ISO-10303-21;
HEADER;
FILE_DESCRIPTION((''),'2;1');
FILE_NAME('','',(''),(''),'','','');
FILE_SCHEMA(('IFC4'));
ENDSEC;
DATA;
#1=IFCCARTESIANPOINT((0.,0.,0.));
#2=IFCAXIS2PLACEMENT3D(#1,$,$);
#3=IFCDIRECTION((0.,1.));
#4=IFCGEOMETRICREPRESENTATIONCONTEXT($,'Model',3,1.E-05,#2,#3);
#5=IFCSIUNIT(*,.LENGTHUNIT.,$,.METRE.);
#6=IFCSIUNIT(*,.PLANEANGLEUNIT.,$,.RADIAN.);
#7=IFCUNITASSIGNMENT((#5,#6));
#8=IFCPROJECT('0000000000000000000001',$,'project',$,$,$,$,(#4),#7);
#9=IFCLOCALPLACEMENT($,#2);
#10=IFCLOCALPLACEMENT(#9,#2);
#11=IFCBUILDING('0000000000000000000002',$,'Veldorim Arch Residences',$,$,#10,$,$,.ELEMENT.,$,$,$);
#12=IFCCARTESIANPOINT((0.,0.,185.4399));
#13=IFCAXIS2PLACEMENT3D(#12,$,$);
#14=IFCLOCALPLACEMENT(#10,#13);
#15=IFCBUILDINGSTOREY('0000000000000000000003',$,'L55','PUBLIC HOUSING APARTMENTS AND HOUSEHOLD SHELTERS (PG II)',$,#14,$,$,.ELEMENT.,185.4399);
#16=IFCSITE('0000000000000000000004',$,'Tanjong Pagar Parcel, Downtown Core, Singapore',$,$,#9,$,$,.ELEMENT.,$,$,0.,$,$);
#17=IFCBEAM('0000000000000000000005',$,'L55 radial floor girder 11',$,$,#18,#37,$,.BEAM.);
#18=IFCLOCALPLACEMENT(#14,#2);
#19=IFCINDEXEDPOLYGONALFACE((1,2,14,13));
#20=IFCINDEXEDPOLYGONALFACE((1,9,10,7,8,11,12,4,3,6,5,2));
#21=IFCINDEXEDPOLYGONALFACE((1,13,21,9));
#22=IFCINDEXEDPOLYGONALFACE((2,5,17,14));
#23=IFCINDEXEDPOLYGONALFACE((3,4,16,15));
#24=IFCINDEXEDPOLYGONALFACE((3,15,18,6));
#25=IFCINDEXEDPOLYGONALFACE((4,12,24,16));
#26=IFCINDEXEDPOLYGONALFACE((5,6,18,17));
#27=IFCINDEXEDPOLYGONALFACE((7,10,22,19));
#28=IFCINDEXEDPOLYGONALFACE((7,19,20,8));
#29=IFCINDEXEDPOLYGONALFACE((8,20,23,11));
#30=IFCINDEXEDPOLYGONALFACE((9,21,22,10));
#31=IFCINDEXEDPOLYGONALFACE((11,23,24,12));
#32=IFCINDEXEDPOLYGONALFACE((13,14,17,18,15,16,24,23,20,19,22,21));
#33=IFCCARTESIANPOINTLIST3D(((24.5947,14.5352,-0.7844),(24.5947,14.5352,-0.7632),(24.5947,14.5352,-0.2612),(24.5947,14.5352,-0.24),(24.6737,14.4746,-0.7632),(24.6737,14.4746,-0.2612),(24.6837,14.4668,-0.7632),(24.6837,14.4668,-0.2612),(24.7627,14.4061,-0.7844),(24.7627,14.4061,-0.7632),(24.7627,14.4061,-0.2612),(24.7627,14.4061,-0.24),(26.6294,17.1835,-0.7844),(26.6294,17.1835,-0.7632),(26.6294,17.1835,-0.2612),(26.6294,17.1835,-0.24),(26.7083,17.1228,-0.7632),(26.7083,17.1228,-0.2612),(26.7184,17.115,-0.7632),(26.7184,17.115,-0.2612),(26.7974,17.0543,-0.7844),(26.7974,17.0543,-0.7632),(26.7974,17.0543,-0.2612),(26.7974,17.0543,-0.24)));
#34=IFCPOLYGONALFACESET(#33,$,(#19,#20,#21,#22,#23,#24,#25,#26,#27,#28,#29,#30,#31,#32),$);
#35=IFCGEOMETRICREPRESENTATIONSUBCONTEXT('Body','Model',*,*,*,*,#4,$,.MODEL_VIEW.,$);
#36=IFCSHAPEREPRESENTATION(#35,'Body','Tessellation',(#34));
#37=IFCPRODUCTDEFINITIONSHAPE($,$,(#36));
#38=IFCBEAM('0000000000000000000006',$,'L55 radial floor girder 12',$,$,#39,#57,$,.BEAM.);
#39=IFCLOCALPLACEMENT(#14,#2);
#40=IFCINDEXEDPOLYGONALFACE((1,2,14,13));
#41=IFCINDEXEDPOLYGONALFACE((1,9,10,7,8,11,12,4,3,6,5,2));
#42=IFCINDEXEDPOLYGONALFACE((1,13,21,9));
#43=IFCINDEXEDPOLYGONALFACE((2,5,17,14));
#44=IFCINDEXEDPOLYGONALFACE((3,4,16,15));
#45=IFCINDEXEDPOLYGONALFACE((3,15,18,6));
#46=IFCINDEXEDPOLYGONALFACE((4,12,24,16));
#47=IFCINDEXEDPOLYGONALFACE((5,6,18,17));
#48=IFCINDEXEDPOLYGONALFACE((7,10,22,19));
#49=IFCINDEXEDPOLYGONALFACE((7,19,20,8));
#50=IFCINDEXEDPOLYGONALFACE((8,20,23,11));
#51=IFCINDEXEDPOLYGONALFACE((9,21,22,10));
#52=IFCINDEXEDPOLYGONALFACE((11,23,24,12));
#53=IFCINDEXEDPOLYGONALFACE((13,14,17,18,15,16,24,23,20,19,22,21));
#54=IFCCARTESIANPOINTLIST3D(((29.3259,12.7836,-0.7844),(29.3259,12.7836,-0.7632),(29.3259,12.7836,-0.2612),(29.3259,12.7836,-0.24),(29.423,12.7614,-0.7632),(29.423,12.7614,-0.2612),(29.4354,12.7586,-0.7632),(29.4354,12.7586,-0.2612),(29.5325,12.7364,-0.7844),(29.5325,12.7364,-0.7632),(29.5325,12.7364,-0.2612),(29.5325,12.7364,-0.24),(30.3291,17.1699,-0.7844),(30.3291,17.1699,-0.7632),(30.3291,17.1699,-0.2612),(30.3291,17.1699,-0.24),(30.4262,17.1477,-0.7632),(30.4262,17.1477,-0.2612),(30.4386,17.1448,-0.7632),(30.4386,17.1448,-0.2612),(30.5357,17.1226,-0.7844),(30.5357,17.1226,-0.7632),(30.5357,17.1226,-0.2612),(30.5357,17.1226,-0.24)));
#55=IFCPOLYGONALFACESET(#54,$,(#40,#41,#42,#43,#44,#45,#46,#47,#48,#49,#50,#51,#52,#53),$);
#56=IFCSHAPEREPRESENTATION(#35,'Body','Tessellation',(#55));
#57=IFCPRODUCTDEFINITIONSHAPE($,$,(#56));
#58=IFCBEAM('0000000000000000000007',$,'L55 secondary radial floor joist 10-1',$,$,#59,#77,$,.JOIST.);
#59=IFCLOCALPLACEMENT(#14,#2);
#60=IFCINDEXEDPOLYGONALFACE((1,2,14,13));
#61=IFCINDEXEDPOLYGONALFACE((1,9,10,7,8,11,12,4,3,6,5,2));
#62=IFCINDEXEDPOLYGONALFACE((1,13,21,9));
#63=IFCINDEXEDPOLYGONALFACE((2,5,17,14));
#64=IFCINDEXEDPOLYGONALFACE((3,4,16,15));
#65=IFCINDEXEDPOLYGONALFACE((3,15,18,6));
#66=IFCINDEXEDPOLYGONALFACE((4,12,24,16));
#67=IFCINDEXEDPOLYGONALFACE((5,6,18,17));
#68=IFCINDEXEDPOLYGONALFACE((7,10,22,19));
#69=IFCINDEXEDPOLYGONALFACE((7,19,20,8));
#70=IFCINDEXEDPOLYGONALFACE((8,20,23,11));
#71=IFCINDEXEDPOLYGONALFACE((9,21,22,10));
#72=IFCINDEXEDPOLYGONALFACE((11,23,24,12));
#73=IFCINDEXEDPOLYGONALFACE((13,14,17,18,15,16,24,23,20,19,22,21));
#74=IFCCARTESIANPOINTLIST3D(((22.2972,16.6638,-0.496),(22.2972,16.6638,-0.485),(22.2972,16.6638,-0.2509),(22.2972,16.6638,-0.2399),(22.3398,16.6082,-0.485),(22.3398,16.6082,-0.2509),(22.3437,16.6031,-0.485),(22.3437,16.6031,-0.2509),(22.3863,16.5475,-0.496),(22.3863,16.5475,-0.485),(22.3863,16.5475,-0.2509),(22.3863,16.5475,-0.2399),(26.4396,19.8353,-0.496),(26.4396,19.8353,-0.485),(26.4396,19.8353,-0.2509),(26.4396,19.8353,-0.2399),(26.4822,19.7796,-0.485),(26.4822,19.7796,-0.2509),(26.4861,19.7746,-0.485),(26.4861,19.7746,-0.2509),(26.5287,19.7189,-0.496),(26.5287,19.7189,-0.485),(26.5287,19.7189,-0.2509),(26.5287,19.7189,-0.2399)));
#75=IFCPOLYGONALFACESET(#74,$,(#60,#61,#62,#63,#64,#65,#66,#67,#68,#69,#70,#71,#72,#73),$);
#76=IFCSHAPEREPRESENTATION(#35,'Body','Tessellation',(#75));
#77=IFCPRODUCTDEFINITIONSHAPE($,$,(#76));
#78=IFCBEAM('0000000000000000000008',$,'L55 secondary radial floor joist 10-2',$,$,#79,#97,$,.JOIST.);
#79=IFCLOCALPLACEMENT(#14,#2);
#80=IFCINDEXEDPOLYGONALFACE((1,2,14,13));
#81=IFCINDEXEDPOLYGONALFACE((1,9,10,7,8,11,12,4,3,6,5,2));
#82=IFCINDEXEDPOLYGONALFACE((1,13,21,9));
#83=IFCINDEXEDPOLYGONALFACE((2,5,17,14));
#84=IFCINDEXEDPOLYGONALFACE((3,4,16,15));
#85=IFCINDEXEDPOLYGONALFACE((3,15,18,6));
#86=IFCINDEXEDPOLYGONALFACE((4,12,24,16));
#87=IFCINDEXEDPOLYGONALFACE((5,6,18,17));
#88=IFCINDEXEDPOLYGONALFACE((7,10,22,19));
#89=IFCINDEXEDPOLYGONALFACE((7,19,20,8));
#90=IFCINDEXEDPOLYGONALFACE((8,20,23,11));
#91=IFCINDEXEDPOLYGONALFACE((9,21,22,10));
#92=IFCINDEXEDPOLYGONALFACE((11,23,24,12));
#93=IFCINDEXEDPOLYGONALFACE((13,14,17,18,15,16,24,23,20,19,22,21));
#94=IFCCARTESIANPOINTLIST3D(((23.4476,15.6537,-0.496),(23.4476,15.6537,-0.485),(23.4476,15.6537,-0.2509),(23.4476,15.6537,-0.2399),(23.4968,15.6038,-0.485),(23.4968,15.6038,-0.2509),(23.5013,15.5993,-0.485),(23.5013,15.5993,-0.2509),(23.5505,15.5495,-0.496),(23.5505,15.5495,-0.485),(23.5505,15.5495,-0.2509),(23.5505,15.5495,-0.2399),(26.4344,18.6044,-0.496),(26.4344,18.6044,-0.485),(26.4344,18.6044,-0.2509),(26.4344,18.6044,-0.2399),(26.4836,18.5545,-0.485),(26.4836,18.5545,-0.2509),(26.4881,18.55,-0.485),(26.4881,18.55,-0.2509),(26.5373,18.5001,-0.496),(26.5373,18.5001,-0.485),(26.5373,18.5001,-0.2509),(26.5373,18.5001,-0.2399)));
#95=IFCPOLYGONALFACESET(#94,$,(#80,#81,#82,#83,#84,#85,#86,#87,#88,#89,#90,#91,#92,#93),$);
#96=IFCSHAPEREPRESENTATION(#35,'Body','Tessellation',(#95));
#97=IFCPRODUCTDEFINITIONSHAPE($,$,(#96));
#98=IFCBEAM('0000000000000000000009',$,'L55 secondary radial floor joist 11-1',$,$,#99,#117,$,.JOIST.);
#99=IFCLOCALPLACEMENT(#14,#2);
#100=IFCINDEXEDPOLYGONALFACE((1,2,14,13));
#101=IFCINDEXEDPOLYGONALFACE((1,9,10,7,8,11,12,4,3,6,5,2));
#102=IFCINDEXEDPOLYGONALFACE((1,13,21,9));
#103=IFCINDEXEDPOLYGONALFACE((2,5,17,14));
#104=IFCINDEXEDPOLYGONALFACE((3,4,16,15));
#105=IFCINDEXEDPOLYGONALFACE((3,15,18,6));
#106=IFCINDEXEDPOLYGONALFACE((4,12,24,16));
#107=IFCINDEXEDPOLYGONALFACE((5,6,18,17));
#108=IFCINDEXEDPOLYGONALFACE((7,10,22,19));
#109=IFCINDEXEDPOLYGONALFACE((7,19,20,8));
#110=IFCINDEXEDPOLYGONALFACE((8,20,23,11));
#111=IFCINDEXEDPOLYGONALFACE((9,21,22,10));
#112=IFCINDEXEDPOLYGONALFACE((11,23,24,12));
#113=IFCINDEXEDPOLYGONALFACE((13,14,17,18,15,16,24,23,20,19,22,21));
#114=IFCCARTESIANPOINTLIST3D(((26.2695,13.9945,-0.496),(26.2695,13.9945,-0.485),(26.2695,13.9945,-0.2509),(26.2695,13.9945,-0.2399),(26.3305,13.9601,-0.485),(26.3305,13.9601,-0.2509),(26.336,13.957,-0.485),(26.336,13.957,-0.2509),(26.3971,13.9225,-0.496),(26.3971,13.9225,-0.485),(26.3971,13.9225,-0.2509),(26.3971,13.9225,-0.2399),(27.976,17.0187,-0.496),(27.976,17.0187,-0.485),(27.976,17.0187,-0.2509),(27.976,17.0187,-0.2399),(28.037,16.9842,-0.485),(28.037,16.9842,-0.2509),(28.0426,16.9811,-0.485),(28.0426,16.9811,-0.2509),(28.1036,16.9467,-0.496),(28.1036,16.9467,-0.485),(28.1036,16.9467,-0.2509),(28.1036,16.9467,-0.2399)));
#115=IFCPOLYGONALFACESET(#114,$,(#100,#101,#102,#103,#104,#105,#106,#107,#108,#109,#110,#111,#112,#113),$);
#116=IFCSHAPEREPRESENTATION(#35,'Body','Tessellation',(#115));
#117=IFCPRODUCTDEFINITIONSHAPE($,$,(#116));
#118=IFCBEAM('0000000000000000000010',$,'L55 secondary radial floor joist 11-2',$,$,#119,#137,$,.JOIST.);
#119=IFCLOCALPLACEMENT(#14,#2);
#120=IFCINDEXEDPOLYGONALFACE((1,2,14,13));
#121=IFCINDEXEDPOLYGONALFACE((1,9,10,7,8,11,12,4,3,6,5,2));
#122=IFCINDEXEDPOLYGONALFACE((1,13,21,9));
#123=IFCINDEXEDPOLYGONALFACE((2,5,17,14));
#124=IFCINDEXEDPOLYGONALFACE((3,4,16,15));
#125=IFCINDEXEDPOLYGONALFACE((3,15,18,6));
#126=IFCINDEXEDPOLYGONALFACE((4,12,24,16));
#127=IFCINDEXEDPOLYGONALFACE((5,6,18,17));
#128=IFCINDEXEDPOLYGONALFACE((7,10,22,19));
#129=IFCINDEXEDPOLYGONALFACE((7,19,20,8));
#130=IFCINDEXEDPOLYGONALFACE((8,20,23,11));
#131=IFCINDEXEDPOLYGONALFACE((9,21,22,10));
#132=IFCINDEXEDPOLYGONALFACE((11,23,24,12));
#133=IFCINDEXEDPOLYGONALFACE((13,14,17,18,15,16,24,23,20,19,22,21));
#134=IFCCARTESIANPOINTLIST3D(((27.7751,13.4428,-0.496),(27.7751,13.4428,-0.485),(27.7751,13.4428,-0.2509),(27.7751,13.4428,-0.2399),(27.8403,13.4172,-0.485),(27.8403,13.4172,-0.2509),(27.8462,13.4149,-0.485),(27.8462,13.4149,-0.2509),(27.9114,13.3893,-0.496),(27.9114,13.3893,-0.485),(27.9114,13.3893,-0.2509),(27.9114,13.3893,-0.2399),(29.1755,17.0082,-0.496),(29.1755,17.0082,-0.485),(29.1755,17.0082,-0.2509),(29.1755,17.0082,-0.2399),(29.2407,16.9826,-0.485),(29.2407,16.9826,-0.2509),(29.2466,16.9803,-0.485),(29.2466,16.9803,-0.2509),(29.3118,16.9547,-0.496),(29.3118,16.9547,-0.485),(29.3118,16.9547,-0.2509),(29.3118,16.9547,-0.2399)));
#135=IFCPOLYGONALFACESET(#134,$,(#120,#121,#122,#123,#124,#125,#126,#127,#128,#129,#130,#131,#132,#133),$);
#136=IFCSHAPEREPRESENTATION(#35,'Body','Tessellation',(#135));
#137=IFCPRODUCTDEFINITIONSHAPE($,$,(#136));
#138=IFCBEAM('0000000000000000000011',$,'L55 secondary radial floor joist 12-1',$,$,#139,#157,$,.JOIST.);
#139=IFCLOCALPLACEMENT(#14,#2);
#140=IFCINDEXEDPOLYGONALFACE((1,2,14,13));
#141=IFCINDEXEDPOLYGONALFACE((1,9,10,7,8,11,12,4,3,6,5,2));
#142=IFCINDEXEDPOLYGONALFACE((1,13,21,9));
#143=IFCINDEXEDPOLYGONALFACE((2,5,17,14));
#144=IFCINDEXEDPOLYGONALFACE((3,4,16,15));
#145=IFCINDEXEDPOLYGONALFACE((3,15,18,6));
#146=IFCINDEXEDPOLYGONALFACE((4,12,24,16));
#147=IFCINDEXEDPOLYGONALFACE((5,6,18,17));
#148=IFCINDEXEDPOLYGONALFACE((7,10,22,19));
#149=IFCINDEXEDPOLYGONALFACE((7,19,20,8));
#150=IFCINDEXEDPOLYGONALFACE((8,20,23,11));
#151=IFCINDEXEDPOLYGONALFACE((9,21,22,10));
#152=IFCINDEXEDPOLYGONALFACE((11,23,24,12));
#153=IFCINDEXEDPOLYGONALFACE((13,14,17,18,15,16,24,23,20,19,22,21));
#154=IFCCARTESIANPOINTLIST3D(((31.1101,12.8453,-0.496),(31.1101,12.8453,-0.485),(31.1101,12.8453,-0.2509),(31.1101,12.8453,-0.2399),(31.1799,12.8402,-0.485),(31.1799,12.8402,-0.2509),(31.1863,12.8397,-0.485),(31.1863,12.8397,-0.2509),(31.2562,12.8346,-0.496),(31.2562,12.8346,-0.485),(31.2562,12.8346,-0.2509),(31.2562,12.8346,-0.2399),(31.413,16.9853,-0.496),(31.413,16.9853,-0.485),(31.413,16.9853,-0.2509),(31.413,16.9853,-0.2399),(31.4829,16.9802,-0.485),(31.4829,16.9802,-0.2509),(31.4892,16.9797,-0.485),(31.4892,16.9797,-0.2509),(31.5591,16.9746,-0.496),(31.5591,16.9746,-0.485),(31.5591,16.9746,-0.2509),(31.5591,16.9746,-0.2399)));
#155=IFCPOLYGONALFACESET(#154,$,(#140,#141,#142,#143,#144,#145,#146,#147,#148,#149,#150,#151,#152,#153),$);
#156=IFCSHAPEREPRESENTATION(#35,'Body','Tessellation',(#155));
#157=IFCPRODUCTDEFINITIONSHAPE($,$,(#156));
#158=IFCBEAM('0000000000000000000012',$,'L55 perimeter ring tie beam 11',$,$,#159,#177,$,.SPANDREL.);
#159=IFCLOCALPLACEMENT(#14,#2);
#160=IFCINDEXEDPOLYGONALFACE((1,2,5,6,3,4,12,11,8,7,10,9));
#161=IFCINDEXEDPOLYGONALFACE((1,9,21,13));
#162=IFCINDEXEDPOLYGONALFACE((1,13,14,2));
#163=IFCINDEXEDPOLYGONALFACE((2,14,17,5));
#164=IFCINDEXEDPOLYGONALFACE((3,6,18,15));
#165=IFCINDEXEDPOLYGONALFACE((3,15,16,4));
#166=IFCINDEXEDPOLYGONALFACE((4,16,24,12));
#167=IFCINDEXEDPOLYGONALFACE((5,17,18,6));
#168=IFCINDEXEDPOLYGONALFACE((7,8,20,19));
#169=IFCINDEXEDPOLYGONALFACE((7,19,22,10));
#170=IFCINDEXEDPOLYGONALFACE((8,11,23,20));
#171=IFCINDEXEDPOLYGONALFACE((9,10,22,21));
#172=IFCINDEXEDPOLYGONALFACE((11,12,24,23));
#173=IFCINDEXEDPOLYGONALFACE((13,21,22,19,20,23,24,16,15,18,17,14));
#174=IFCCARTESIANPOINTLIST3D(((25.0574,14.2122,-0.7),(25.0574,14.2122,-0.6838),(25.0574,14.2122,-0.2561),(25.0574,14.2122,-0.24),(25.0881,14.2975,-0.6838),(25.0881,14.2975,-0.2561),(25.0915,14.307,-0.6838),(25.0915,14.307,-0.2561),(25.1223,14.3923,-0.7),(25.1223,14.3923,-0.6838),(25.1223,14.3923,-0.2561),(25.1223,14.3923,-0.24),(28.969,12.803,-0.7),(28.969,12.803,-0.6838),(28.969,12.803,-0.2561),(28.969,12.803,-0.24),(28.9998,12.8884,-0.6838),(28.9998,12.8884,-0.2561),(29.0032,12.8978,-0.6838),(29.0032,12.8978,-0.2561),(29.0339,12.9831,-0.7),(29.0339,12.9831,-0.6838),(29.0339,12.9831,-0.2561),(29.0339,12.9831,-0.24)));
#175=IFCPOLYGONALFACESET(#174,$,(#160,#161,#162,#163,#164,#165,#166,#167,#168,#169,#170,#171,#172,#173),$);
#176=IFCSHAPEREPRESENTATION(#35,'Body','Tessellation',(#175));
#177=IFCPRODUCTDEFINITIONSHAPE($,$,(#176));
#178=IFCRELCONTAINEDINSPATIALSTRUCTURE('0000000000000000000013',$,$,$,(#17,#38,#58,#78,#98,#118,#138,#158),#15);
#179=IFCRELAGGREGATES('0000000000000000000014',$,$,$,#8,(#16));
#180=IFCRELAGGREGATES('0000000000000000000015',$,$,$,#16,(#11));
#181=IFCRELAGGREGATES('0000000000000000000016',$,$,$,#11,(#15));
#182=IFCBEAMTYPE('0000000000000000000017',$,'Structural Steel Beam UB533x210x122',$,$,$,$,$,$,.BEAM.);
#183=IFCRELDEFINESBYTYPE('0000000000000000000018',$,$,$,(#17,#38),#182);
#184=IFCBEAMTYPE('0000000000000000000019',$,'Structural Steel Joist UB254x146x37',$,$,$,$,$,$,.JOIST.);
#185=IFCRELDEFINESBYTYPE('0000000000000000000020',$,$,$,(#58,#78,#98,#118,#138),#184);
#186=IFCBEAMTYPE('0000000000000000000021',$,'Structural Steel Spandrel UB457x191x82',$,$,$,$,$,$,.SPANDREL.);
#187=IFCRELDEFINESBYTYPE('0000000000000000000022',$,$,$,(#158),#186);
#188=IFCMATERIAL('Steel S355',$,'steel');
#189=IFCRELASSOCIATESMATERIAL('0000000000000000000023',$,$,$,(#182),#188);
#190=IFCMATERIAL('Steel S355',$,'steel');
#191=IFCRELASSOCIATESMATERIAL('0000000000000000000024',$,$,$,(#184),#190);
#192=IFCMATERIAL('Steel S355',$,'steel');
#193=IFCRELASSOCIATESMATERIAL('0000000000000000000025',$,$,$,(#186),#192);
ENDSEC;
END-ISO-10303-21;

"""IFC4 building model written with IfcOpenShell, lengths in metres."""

from ifc_helpers import new_model, si_unit, direction, frame, origin, origin_2d, place, context, subcontext, project, spatial, i_section, extrude, material, material_profile, profile_set, type_object, element, save


model = new_model("IFC4")

# Units and contexts
model_context = context("Model", 3, precision=1e-05, world=origin(), true_north=direction((0.0, 1.0)))
body_context = subcontext(model_context, "Body", "Model", "MODEL_VIEW")
ifc_project = project(units=[si_unit("LENGTHUNIT", "METRE"), si_unit("PLANEANGLEUNIT", "RADIAN")], contexts=[model_context])

# Site, building, storey
site_placement = place(None, origin())
site = spatial("IfcSite", under=ifc_project, at=site_placement, Name="Tanjong Pagar Parcel, Downtown Core, Singapore", CompositionType="ELEMENT", RefElevation=0.0)
building_placement = place(site_placement, origin())
building = spatial("IfcBuilding", under=site, at=building_placement, Name="Veldorim Arch Residences", CompositionType="ELEMENT")
storey_placement = place(building_placement, frame((0.0, 0.0, 185.4399)))
storey = spatial("IfcBuildingStorey", under=building, at=storey_placement, Name="L55", Description="PUBLIC HOUSING APARTMENTS AND HOUSEHOLD SHELTERS (PG II)", CompositionType="ELEMENT", Elevation=185.4399)

# Beams
ifc_material_1 = material(Name="Steel S355", Category="steel")
ifc_material_profile_1 = material_profile(ifc_material_1, i_section(OverallWidth=0.2119, OverallDepth=0.5444, WebThickness=0.0127, FlangeThickness=0.0212, at=origin_2d()), Name="UB533x210x122")
ifc_profile_set_1 = profile_set([ifc_material_profile_1], Name="Steel S355")
beam_type_1 = type_object("IfcBeamType", Name="Structural Steel Beam UB533x210x122", PredefinedType="BEAM", material=ifc_profile_set_1)
beam_1_placement = place(storey_placement, frame((26.7134, 17.1189, -0.5122), z_axis=(-0.609258, -0.792972, 0.0), x_axis=(0.792972, -0.609258, 0.0)))
element("IfcBeam", 1, at=beam_1_placement, inside=storey, type_object=beam_type_1, Name="L55 radial floor girder 11", PredefinedType="BEAM", context=body_context, shape_type="SweptSolid", body=[
    extrude(i_section(OverallWidth=0.2119, OverallDepth=0.5444, WebThickness=0.0127, FlangeThickness=0.0212, at=origin_2d()), origin(), (0.0, 0.0, 1.0), 3.3396),
])
beam_2_placement = place(storey_placement, frame((30.4324, 17.1462, -0.5122), z_axis=(-0.222953, -0.974829, 0.0), x_axis=(0.974829, -0.222953, 0.0)))
element("IfcBeam", 2, at=beam_2_placement, inside=storey, type_object=beam_type_1, Name="L55 radial floor girder 12", PredefinedType="BEAM", context=body_context, shape_type="SweptSolid", body=[
    extrude(i_section(OverallWidth=0.2119, OverallDepth=0.5444, WebThickness=0.0127, FlangeThickness=0.0212, at=origin_2d()), origin(), (0.0, 0.0, 1.0), 4.4995),
])
ifc_material_2 = material(Name="Steel S355", Category="steel")
ifc_material_profile_2 = material_profile(ifc_material_2, i_section(OverallWidth=0.1465, OverallDepth=0.2561, WebThickness=0.0063, FlangeThickness=0.011, at=origin_2d()), Name="UB254x146x37")
ifc_profile_set_2 = profile_set([ifc_material_profile_2], Name="Steel S355")
beam_type_2 = type_object("IfcBeamType", Name="Structural Steel Joist UB254x146x37", PredefinedType="JOIST", material=ifc_profile_set_2)
beam_3_placement = place(storey_placement, frame((26.4841, 19.7771, -0.3679), z_axis=(-0.794014, -0.6079, 0.0), x_axis=(0.6079, -0.794014, 0.0)))
element("IfcBeam", 3, at=beam_3_placement, inside=storey, type_object=beam_type_2, Name="L55 secondary radial floor joist 10-1", PredefinedType="JOIST", context=body_context, shape_type="SweptSolid", body=[
    extrude(i_section(OverallWidth=0.1465, OverallDepth=0.2561, WebThickness=0.0063, FlangeThickness=0.011, at=origin_2d()), origin(), (0.0, 0.0, 1.0), 5.217),
])
beam_4_placement = place(storey_placement, frame((26.4858, 18.5522, -0.3679), z_axis=(-0.711397, -0.702791, 0.0), x_axis=(0.702791, -0.711397, 0.0)))
element("IfcBeam", 4, at=beam_4_placement, inside=storey, type_object=beam_type_2, Name="L55 secondary radial floor joist 10-2", PredefinedType="JOIST", context=body_context, shape_type="SweptSolid", body=[
    extrude(i_section(OverallWidth=0.1465, OverallDepth=0.2561, WebThickness=0.0063, FlangeThickness=0.011, at=origin_2d()), origin(), (0.0, 0.0, 1.0), 4.1985),
])
beam_5_placement = place(storey_placement, frame((28.0398, 16.9827, -0.3679), z_axis=(-0.491452, -0.870904, 0.0), x_axis=(0.870904, -0.491452, 0.0)))
element("IfcBeam", 5, at=beam_5_placement, inside=storey, type_object=beam_type_2, Name="L55 secondary radial floor joist 11-1", PredefinedType="JOIST", context=body_context, shape_type="SweptSolid", body=[
    extrude(i_section(OverallWidth=0.1465, OverallDepth=0.2561, WebThickness=0.0063, FlangeThickness=0.011, at=origin_2d()), origin(), (0.0, 0.0, 1.0), 3.4724),
])
beam_6_placement = place(storey_placement, frame((29.2437, 16.9814, -0.3679), z_axis=(-0.365581, -0.930779, 0.0), x_axis=(0.930779, -0.365581, 0.0)))
element("IfcBeam", 6, at=beam_6_placement, inside=storey, type_object=beam_type_2, Name="L55 secondary radial floor joist 11-2", PredefinedType="JOIST", context=body_context, shape_type="SweptSolid", body=[
    extrude(i_section(OverallWidth=0.1465, OverallDepth=0.2561, WebThickness=0.0063, FlangeThickness=0.011, at=origin_2d()), origin(), (0.0, 0.0, 1.0), 3.8306),
])
beam_7_placement = place(storey_placement, frame((31.4861, 16.98, -0.3679), z_axis=(-0.072986, -0.997333, 0.0), x_axis=(0.997333, -0.072986, 0.0)))
element("IfcBeam", 7, at=beam_7_placement, inside=storey, type_object=beam_type_2, Name="L55 secondary radial floor joist 12-1", PredefinedType="JOIST", context=body_context, shape_type="SweptSolid", body=[
    extrude(i_section(OverallWidth=0.1465, OverallDepth=0.2561, WebThickness=0.0063, FlangeThickness=0.011, at=origin_2d()), origin(), (0.0, 0.0, 1.0), 4.1511),
])
ifc_material_3 = material(Name="Steel S355", Category="steel")
ifc_material_profile_3 = material_profile(ifc_material_3, i_section(OverallWidth=0.1914, OverallDepth=0.46, WebThickness=0.01, FlangeThickness=0.0161, at=origin_2d()), Name="UB457x191x82")
ifc_profile_set_3 = profile_set([ifc_material_profile_3], Name="Steel S355")
beam_type_3 = type_object("IfcBeamType", Name="Structural Steel Spandrel UB457x191x82", PredefinedType="SPANDREL", material=ifc_profile_set_3)
beam_8_placement = place(storey_placement, frame((25.0898, 14.3022, -0.47), z_axis=(0.940811, -0.338932, 0.0), x_axis=(0.338932, 0.940811, 0.0)))
element("IfcBeam", 8, at=beam_8_placement, inside=storey, type_object=beam_type_3, Name="L55 perimeter ring tie beam 11", PredefinedType="SPANDREL", context=body_context, shape_type="SweptSolid", body=[
    extrude(i_section(OverallWidth=0.1914, OverallDepth=0.46, WebThickness=0.01, FlangeThickness=0.0161, at=origin_2d()), origin(), (0.0, 0.0, 1.0), 4.1577),
])

save(model, "model.ifc")
